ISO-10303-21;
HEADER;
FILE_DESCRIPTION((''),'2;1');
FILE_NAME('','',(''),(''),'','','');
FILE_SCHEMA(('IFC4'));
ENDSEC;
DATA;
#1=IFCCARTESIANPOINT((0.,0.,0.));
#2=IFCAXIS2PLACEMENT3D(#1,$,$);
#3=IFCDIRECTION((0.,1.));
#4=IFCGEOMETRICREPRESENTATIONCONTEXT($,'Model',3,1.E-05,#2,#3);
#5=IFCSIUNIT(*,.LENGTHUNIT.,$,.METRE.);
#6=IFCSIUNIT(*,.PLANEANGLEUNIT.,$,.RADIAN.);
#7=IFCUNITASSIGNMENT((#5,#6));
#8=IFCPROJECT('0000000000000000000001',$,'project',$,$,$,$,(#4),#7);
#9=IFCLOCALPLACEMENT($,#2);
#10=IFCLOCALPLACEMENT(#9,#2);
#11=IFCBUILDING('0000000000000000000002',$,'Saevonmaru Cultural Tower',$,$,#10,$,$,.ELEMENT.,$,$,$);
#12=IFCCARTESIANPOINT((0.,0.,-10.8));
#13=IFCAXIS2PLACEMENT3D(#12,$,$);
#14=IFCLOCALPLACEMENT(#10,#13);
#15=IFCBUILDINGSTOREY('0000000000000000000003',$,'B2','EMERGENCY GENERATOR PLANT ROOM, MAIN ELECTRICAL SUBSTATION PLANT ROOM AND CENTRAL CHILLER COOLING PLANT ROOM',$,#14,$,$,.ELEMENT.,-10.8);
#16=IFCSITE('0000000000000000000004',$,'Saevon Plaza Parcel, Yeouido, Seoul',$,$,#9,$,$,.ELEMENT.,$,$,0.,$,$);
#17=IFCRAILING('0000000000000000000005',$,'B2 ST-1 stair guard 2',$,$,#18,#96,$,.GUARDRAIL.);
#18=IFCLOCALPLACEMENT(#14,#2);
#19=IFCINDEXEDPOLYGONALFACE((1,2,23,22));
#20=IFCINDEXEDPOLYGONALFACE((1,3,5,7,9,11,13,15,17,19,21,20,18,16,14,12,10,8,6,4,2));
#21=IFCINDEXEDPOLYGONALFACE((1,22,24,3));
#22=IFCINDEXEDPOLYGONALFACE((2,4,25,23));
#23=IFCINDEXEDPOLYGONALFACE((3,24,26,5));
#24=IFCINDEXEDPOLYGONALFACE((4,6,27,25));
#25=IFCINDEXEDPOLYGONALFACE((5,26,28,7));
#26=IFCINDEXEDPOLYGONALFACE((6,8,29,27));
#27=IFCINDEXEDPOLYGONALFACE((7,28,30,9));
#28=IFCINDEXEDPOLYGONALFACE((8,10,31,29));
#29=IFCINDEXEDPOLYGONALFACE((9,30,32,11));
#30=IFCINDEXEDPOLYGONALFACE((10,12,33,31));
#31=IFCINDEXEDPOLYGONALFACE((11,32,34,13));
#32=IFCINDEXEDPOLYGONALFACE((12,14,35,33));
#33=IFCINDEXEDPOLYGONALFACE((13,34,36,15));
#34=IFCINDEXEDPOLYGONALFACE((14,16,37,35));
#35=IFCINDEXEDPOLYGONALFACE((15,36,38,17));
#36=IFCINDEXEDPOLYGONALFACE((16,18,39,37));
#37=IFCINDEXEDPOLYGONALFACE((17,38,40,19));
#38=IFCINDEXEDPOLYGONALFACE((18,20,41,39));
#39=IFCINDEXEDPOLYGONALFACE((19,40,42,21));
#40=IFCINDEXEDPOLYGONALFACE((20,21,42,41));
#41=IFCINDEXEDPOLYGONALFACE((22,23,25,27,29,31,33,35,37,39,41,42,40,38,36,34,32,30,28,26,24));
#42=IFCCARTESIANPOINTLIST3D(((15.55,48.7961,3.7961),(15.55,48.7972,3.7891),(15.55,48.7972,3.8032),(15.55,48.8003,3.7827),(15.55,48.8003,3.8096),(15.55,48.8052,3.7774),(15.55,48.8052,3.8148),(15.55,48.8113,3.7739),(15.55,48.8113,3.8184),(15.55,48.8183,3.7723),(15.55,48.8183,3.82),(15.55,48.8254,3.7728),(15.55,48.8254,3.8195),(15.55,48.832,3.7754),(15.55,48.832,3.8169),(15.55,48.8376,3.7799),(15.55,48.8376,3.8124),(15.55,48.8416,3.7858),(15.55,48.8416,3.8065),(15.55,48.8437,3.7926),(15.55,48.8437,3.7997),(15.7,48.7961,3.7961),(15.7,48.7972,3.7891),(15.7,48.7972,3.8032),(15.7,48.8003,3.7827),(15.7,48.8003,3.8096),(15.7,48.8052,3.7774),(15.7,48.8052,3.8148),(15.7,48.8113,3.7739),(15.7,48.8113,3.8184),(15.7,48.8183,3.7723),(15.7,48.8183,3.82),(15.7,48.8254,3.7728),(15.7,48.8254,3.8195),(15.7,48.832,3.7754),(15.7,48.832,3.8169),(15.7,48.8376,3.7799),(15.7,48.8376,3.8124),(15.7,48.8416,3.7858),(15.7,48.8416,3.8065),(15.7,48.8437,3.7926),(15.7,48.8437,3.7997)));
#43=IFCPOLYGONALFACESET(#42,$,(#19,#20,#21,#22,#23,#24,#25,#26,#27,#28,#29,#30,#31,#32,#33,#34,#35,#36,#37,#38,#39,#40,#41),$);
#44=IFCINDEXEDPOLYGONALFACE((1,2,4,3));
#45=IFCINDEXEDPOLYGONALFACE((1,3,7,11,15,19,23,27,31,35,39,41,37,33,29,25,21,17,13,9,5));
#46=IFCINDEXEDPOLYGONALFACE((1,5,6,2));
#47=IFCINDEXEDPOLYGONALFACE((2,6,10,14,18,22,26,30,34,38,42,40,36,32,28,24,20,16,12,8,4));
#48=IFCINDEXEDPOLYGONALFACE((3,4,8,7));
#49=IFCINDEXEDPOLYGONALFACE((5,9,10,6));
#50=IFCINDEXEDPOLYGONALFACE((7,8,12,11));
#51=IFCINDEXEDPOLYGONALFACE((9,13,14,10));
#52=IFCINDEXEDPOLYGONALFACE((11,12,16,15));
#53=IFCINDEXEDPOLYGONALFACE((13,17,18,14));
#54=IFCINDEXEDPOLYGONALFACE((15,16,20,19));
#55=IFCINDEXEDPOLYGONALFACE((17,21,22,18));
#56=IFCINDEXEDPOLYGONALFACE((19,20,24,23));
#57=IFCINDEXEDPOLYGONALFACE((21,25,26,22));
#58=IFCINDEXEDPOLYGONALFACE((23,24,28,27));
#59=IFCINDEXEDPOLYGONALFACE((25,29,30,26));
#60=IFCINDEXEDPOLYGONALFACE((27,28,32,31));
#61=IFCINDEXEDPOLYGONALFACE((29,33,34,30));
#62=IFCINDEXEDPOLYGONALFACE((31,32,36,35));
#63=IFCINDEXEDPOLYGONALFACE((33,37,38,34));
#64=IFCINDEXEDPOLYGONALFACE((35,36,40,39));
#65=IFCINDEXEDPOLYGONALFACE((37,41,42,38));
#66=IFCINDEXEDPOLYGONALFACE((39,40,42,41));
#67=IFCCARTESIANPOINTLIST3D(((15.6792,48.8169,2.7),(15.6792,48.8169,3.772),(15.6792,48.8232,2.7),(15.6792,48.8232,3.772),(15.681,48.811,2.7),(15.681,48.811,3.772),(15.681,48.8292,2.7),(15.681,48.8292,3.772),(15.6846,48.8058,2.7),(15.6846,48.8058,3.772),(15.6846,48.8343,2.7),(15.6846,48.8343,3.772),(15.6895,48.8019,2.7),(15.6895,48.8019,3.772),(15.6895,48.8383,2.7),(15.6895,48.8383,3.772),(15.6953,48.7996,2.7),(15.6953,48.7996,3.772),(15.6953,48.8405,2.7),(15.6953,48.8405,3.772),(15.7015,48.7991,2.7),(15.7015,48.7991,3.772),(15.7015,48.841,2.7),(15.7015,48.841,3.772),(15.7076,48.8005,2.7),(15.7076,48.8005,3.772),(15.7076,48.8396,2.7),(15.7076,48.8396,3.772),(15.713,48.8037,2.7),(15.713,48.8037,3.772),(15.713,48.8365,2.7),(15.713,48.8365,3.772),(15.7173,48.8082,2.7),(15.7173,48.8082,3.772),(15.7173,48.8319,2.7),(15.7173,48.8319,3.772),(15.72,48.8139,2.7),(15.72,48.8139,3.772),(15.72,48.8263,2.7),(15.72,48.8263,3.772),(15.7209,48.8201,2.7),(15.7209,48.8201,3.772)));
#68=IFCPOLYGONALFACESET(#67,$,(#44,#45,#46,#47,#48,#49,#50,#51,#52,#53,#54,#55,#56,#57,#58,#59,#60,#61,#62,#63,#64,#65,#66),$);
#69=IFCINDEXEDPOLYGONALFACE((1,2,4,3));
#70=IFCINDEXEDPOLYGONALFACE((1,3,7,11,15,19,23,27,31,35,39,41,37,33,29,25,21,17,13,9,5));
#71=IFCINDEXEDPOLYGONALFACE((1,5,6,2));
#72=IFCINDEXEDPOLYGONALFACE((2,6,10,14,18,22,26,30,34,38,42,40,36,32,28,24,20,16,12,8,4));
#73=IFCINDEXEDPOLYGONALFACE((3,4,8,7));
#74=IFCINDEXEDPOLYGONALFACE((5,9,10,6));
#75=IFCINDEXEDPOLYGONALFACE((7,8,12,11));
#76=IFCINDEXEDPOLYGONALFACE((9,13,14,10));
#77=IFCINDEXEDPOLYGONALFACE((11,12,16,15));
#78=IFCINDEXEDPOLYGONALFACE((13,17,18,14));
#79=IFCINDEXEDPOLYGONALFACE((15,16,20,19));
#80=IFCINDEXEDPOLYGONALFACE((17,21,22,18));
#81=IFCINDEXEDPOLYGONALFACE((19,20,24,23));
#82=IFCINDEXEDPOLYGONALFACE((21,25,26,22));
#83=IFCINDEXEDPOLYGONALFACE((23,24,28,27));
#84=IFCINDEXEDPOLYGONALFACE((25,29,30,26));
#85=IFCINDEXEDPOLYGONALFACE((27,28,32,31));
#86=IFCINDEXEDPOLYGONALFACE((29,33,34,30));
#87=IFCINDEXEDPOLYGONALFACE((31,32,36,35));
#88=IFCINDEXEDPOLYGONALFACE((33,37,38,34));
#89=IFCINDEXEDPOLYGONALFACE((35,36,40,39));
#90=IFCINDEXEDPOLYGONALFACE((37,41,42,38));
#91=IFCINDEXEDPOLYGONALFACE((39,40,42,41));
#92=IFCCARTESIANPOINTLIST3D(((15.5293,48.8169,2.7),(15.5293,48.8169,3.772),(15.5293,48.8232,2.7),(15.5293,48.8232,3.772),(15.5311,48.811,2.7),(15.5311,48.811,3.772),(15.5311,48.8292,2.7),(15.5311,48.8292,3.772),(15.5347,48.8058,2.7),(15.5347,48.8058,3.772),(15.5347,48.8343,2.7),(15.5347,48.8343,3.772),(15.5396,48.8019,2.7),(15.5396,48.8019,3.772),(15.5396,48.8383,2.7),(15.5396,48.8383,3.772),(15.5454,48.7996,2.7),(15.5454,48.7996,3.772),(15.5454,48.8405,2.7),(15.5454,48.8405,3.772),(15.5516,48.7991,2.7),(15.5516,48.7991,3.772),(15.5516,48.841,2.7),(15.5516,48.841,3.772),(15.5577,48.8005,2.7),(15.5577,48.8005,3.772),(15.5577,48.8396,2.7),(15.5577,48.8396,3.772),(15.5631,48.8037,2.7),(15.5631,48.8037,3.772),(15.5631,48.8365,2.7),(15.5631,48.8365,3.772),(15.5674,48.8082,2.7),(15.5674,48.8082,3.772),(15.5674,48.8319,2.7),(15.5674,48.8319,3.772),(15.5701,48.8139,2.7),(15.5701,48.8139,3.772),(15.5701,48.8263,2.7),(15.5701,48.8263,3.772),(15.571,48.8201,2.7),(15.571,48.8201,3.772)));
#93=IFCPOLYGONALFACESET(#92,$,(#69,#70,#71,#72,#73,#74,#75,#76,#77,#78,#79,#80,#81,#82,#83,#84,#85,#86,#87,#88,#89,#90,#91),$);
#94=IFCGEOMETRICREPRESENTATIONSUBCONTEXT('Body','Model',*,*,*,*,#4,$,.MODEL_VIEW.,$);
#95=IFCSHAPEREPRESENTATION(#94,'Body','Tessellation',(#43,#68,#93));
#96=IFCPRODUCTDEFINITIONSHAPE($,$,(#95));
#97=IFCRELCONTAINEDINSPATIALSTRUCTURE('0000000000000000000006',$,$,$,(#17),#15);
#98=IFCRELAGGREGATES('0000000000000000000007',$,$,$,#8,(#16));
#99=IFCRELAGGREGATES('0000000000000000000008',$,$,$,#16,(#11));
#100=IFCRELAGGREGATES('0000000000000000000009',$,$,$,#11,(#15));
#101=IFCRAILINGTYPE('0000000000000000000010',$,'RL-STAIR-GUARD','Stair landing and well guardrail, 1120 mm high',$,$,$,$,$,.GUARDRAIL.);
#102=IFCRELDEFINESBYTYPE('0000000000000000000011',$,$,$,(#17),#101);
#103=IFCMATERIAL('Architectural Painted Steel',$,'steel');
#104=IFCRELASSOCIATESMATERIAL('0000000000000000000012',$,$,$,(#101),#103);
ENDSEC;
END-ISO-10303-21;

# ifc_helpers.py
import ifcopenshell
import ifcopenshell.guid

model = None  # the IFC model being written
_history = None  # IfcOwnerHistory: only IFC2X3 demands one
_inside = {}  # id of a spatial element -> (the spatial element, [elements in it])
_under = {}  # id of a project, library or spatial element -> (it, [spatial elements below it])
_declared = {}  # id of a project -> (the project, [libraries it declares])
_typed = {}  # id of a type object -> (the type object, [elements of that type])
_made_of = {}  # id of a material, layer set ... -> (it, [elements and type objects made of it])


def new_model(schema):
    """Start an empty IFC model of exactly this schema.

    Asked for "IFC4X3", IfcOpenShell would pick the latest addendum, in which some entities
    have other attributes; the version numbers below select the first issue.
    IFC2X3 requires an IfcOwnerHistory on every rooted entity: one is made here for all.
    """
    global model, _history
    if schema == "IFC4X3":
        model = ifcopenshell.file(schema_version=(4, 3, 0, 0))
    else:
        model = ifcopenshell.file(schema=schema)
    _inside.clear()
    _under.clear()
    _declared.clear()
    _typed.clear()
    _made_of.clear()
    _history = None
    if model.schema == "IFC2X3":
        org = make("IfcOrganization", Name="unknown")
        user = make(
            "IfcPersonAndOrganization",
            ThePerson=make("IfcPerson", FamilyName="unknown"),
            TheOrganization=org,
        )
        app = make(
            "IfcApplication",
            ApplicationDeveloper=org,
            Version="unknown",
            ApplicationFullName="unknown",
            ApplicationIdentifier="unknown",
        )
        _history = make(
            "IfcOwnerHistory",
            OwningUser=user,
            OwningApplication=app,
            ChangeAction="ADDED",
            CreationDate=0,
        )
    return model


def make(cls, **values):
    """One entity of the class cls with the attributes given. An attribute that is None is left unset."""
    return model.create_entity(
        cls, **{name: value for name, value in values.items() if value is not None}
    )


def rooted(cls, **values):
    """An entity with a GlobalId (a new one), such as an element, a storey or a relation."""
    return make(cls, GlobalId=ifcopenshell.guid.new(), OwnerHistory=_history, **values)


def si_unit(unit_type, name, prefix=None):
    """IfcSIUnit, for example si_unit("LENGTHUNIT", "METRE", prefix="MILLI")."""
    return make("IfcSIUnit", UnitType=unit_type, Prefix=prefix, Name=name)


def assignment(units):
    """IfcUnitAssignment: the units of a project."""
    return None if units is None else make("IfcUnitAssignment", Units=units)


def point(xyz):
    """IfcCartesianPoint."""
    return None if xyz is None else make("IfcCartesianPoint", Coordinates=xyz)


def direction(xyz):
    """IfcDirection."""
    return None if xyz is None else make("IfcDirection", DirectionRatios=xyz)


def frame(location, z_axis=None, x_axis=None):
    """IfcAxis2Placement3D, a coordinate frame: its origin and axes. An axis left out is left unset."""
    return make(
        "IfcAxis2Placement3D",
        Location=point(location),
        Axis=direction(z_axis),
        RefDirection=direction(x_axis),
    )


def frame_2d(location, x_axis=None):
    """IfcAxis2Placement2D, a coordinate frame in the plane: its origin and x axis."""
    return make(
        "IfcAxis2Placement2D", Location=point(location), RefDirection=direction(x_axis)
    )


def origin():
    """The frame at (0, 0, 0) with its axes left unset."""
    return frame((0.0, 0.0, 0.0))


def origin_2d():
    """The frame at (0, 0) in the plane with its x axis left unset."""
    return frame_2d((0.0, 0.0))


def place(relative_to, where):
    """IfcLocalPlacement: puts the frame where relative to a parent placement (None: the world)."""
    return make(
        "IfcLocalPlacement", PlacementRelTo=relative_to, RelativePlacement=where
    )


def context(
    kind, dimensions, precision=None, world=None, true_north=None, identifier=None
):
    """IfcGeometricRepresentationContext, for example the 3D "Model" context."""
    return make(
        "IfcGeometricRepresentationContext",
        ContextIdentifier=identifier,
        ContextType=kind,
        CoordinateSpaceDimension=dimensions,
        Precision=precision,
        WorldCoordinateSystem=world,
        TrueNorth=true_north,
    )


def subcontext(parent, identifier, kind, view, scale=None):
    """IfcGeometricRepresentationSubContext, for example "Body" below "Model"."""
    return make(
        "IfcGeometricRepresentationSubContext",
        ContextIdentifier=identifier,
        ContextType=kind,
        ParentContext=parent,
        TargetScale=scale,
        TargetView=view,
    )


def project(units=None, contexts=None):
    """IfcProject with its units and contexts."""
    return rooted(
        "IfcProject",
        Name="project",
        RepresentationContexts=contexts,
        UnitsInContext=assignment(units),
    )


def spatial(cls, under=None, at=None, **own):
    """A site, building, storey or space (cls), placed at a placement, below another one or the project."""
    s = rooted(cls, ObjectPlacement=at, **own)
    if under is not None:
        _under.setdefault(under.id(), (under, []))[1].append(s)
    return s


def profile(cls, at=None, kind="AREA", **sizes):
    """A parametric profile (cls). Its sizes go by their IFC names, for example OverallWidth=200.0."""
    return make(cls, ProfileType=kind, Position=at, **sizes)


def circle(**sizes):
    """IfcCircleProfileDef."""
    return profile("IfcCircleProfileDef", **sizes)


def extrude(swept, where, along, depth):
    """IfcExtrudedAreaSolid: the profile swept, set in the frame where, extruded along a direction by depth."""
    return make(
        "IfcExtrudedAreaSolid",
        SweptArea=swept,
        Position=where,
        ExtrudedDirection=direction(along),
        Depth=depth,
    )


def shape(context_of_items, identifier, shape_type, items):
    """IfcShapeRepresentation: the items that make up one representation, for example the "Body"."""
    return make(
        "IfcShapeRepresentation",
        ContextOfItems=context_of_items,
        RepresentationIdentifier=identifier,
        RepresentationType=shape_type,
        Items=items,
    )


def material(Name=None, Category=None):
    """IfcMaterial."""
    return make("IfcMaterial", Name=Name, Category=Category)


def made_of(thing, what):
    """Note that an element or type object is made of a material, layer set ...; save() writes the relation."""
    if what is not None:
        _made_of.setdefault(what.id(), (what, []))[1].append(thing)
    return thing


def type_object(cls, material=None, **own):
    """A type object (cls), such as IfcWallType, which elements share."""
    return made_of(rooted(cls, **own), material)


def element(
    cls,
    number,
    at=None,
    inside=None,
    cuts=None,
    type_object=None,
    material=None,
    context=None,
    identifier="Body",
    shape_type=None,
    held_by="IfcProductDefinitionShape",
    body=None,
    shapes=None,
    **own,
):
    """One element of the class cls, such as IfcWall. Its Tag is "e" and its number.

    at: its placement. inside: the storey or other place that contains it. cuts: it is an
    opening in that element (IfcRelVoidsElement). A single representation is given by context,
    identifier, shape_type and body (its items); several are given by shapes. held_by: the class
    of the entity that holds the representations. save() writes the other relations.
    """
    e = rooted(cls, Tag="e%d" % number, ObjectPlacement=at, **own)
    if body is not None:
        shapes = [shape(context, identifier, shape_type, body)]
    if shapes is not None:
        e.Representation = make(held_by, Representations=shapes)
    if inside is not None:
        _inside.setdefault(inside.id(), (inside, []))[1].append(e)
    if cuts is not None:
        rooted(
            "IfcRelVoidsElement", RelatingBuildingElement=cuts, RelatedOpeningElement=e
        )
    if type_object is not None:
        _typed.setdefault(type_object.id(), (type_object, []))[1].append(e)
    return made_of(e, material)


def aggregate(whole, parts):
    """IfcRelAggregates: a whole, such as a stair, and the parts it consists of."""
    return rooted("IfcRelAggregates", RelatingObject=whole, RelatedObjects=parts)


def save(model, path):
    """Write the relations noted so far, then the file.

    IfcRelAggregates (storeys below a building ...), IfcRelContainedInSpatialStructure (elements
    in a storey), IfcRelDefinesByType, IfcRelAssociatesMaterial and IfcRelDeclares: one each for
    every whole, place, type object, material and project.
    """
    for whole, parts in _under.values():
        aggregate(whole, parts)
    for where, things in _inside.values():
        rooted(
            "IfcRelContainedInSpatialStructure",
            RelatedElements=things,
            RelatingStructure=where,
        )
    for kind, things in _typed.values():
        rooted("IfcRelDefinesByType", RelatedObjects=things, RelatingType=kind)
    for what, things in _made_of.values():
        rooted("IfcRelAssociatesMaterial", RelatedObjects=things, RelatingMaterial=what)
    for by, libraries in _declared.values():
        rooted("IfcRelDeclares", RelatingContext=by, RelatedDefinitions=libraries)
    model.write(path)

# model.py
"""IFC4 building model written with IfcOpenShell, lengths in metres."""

from ifc_helpers import new_model, si_unit, direction, frame, origin, origin_2d, place, context, subcontext, project, spatial, circle, extrude, material, type_object, element, save


model = new_model("IFC4")

# Units and contexts
model_context = context("Model", 3, precision=1e-05, world=origin(), true_north=direction((0.0, 1.0)))
body_context = subcontext(model_context, "Body", "Model", "MODEL_VIEW")
ifc_project = project(units=[si_unit("LENGTHUNIT", "METRE"), si_unit("PLANEANGLEUNIT", "RADIAN")], contexts=[model_context])

# Site, building, storey
site_placement = place(None, origin())
site = spatial("IfcSite", under=ifc_project, at=site_placement, Name="Saevon Plaza Parcel, Yeouido, Seoul", CompositionType="ELEMENT", RefElevation=0.0)
building_placement = place(site_placement, origin())
building = spatial("IfcBuilding", under=site, at=building_placement, Name="Saevonmaru Cultural Tower", CompositionType="ELEMENT")
storey_placement = place(building_placement, frame((0.0, 0.0, -10.8)))
storey = spatial("IfcBuildingStorey", under=building, at=storey_placement, Name="B2", Description="EMERGENCY GENERATOR PLANT ROOM, MAIN ELECTRICAL SUBSTATION PLANT ROOM AND CENTRAL CHILLER COOLING PLANT ROOM", CompositionType="ELEMENT", Elevation=-10.8)

# Railing
ifc_material_1 = material(Name="Architectural Painted Steel", Category="steel")
railing_type_1 = type_object("IfcRailingType", Name="RL-STAIR-GUARD", Description="Stair landing and well guardrail, 1120 mm high", PredefinedType="GUARDRAIL", material=ifc_material_1)
railing_1_placement = place(storey_placement, frame((15.7, 48.8201, 2.7)))
element("IfcRailing", 1, at=railing_1_placement, inside=storey, type_object=railing_type_1, Name="B2 ST-1 stair guard 2", PredefinedType="GUARDRAIL", context=body_context, shape_type="SweptSolid", body=[
    extrude(circle(Radius=0.0239, at=origin_2d()), frame((0.0, 0.0, 1.0962), z_axis=(-1.0, 0.0, 0.0), x_axis=(0.0, -1.0, 0.0)), (0.0, 0.0, 1.0), 0.1499),
    extrude(circle(Radius=0.021, at=origin_2d()), origin(), (0.0, 0.0, 1.0), 1.072),
    extrude(circle(Radius=0.021, at=origin_2d()), frame((-0.1499, 0.0, 0.0)), (0.0, 0.0, 1.0), 1.072),
])

save(model, "model.ifc")
